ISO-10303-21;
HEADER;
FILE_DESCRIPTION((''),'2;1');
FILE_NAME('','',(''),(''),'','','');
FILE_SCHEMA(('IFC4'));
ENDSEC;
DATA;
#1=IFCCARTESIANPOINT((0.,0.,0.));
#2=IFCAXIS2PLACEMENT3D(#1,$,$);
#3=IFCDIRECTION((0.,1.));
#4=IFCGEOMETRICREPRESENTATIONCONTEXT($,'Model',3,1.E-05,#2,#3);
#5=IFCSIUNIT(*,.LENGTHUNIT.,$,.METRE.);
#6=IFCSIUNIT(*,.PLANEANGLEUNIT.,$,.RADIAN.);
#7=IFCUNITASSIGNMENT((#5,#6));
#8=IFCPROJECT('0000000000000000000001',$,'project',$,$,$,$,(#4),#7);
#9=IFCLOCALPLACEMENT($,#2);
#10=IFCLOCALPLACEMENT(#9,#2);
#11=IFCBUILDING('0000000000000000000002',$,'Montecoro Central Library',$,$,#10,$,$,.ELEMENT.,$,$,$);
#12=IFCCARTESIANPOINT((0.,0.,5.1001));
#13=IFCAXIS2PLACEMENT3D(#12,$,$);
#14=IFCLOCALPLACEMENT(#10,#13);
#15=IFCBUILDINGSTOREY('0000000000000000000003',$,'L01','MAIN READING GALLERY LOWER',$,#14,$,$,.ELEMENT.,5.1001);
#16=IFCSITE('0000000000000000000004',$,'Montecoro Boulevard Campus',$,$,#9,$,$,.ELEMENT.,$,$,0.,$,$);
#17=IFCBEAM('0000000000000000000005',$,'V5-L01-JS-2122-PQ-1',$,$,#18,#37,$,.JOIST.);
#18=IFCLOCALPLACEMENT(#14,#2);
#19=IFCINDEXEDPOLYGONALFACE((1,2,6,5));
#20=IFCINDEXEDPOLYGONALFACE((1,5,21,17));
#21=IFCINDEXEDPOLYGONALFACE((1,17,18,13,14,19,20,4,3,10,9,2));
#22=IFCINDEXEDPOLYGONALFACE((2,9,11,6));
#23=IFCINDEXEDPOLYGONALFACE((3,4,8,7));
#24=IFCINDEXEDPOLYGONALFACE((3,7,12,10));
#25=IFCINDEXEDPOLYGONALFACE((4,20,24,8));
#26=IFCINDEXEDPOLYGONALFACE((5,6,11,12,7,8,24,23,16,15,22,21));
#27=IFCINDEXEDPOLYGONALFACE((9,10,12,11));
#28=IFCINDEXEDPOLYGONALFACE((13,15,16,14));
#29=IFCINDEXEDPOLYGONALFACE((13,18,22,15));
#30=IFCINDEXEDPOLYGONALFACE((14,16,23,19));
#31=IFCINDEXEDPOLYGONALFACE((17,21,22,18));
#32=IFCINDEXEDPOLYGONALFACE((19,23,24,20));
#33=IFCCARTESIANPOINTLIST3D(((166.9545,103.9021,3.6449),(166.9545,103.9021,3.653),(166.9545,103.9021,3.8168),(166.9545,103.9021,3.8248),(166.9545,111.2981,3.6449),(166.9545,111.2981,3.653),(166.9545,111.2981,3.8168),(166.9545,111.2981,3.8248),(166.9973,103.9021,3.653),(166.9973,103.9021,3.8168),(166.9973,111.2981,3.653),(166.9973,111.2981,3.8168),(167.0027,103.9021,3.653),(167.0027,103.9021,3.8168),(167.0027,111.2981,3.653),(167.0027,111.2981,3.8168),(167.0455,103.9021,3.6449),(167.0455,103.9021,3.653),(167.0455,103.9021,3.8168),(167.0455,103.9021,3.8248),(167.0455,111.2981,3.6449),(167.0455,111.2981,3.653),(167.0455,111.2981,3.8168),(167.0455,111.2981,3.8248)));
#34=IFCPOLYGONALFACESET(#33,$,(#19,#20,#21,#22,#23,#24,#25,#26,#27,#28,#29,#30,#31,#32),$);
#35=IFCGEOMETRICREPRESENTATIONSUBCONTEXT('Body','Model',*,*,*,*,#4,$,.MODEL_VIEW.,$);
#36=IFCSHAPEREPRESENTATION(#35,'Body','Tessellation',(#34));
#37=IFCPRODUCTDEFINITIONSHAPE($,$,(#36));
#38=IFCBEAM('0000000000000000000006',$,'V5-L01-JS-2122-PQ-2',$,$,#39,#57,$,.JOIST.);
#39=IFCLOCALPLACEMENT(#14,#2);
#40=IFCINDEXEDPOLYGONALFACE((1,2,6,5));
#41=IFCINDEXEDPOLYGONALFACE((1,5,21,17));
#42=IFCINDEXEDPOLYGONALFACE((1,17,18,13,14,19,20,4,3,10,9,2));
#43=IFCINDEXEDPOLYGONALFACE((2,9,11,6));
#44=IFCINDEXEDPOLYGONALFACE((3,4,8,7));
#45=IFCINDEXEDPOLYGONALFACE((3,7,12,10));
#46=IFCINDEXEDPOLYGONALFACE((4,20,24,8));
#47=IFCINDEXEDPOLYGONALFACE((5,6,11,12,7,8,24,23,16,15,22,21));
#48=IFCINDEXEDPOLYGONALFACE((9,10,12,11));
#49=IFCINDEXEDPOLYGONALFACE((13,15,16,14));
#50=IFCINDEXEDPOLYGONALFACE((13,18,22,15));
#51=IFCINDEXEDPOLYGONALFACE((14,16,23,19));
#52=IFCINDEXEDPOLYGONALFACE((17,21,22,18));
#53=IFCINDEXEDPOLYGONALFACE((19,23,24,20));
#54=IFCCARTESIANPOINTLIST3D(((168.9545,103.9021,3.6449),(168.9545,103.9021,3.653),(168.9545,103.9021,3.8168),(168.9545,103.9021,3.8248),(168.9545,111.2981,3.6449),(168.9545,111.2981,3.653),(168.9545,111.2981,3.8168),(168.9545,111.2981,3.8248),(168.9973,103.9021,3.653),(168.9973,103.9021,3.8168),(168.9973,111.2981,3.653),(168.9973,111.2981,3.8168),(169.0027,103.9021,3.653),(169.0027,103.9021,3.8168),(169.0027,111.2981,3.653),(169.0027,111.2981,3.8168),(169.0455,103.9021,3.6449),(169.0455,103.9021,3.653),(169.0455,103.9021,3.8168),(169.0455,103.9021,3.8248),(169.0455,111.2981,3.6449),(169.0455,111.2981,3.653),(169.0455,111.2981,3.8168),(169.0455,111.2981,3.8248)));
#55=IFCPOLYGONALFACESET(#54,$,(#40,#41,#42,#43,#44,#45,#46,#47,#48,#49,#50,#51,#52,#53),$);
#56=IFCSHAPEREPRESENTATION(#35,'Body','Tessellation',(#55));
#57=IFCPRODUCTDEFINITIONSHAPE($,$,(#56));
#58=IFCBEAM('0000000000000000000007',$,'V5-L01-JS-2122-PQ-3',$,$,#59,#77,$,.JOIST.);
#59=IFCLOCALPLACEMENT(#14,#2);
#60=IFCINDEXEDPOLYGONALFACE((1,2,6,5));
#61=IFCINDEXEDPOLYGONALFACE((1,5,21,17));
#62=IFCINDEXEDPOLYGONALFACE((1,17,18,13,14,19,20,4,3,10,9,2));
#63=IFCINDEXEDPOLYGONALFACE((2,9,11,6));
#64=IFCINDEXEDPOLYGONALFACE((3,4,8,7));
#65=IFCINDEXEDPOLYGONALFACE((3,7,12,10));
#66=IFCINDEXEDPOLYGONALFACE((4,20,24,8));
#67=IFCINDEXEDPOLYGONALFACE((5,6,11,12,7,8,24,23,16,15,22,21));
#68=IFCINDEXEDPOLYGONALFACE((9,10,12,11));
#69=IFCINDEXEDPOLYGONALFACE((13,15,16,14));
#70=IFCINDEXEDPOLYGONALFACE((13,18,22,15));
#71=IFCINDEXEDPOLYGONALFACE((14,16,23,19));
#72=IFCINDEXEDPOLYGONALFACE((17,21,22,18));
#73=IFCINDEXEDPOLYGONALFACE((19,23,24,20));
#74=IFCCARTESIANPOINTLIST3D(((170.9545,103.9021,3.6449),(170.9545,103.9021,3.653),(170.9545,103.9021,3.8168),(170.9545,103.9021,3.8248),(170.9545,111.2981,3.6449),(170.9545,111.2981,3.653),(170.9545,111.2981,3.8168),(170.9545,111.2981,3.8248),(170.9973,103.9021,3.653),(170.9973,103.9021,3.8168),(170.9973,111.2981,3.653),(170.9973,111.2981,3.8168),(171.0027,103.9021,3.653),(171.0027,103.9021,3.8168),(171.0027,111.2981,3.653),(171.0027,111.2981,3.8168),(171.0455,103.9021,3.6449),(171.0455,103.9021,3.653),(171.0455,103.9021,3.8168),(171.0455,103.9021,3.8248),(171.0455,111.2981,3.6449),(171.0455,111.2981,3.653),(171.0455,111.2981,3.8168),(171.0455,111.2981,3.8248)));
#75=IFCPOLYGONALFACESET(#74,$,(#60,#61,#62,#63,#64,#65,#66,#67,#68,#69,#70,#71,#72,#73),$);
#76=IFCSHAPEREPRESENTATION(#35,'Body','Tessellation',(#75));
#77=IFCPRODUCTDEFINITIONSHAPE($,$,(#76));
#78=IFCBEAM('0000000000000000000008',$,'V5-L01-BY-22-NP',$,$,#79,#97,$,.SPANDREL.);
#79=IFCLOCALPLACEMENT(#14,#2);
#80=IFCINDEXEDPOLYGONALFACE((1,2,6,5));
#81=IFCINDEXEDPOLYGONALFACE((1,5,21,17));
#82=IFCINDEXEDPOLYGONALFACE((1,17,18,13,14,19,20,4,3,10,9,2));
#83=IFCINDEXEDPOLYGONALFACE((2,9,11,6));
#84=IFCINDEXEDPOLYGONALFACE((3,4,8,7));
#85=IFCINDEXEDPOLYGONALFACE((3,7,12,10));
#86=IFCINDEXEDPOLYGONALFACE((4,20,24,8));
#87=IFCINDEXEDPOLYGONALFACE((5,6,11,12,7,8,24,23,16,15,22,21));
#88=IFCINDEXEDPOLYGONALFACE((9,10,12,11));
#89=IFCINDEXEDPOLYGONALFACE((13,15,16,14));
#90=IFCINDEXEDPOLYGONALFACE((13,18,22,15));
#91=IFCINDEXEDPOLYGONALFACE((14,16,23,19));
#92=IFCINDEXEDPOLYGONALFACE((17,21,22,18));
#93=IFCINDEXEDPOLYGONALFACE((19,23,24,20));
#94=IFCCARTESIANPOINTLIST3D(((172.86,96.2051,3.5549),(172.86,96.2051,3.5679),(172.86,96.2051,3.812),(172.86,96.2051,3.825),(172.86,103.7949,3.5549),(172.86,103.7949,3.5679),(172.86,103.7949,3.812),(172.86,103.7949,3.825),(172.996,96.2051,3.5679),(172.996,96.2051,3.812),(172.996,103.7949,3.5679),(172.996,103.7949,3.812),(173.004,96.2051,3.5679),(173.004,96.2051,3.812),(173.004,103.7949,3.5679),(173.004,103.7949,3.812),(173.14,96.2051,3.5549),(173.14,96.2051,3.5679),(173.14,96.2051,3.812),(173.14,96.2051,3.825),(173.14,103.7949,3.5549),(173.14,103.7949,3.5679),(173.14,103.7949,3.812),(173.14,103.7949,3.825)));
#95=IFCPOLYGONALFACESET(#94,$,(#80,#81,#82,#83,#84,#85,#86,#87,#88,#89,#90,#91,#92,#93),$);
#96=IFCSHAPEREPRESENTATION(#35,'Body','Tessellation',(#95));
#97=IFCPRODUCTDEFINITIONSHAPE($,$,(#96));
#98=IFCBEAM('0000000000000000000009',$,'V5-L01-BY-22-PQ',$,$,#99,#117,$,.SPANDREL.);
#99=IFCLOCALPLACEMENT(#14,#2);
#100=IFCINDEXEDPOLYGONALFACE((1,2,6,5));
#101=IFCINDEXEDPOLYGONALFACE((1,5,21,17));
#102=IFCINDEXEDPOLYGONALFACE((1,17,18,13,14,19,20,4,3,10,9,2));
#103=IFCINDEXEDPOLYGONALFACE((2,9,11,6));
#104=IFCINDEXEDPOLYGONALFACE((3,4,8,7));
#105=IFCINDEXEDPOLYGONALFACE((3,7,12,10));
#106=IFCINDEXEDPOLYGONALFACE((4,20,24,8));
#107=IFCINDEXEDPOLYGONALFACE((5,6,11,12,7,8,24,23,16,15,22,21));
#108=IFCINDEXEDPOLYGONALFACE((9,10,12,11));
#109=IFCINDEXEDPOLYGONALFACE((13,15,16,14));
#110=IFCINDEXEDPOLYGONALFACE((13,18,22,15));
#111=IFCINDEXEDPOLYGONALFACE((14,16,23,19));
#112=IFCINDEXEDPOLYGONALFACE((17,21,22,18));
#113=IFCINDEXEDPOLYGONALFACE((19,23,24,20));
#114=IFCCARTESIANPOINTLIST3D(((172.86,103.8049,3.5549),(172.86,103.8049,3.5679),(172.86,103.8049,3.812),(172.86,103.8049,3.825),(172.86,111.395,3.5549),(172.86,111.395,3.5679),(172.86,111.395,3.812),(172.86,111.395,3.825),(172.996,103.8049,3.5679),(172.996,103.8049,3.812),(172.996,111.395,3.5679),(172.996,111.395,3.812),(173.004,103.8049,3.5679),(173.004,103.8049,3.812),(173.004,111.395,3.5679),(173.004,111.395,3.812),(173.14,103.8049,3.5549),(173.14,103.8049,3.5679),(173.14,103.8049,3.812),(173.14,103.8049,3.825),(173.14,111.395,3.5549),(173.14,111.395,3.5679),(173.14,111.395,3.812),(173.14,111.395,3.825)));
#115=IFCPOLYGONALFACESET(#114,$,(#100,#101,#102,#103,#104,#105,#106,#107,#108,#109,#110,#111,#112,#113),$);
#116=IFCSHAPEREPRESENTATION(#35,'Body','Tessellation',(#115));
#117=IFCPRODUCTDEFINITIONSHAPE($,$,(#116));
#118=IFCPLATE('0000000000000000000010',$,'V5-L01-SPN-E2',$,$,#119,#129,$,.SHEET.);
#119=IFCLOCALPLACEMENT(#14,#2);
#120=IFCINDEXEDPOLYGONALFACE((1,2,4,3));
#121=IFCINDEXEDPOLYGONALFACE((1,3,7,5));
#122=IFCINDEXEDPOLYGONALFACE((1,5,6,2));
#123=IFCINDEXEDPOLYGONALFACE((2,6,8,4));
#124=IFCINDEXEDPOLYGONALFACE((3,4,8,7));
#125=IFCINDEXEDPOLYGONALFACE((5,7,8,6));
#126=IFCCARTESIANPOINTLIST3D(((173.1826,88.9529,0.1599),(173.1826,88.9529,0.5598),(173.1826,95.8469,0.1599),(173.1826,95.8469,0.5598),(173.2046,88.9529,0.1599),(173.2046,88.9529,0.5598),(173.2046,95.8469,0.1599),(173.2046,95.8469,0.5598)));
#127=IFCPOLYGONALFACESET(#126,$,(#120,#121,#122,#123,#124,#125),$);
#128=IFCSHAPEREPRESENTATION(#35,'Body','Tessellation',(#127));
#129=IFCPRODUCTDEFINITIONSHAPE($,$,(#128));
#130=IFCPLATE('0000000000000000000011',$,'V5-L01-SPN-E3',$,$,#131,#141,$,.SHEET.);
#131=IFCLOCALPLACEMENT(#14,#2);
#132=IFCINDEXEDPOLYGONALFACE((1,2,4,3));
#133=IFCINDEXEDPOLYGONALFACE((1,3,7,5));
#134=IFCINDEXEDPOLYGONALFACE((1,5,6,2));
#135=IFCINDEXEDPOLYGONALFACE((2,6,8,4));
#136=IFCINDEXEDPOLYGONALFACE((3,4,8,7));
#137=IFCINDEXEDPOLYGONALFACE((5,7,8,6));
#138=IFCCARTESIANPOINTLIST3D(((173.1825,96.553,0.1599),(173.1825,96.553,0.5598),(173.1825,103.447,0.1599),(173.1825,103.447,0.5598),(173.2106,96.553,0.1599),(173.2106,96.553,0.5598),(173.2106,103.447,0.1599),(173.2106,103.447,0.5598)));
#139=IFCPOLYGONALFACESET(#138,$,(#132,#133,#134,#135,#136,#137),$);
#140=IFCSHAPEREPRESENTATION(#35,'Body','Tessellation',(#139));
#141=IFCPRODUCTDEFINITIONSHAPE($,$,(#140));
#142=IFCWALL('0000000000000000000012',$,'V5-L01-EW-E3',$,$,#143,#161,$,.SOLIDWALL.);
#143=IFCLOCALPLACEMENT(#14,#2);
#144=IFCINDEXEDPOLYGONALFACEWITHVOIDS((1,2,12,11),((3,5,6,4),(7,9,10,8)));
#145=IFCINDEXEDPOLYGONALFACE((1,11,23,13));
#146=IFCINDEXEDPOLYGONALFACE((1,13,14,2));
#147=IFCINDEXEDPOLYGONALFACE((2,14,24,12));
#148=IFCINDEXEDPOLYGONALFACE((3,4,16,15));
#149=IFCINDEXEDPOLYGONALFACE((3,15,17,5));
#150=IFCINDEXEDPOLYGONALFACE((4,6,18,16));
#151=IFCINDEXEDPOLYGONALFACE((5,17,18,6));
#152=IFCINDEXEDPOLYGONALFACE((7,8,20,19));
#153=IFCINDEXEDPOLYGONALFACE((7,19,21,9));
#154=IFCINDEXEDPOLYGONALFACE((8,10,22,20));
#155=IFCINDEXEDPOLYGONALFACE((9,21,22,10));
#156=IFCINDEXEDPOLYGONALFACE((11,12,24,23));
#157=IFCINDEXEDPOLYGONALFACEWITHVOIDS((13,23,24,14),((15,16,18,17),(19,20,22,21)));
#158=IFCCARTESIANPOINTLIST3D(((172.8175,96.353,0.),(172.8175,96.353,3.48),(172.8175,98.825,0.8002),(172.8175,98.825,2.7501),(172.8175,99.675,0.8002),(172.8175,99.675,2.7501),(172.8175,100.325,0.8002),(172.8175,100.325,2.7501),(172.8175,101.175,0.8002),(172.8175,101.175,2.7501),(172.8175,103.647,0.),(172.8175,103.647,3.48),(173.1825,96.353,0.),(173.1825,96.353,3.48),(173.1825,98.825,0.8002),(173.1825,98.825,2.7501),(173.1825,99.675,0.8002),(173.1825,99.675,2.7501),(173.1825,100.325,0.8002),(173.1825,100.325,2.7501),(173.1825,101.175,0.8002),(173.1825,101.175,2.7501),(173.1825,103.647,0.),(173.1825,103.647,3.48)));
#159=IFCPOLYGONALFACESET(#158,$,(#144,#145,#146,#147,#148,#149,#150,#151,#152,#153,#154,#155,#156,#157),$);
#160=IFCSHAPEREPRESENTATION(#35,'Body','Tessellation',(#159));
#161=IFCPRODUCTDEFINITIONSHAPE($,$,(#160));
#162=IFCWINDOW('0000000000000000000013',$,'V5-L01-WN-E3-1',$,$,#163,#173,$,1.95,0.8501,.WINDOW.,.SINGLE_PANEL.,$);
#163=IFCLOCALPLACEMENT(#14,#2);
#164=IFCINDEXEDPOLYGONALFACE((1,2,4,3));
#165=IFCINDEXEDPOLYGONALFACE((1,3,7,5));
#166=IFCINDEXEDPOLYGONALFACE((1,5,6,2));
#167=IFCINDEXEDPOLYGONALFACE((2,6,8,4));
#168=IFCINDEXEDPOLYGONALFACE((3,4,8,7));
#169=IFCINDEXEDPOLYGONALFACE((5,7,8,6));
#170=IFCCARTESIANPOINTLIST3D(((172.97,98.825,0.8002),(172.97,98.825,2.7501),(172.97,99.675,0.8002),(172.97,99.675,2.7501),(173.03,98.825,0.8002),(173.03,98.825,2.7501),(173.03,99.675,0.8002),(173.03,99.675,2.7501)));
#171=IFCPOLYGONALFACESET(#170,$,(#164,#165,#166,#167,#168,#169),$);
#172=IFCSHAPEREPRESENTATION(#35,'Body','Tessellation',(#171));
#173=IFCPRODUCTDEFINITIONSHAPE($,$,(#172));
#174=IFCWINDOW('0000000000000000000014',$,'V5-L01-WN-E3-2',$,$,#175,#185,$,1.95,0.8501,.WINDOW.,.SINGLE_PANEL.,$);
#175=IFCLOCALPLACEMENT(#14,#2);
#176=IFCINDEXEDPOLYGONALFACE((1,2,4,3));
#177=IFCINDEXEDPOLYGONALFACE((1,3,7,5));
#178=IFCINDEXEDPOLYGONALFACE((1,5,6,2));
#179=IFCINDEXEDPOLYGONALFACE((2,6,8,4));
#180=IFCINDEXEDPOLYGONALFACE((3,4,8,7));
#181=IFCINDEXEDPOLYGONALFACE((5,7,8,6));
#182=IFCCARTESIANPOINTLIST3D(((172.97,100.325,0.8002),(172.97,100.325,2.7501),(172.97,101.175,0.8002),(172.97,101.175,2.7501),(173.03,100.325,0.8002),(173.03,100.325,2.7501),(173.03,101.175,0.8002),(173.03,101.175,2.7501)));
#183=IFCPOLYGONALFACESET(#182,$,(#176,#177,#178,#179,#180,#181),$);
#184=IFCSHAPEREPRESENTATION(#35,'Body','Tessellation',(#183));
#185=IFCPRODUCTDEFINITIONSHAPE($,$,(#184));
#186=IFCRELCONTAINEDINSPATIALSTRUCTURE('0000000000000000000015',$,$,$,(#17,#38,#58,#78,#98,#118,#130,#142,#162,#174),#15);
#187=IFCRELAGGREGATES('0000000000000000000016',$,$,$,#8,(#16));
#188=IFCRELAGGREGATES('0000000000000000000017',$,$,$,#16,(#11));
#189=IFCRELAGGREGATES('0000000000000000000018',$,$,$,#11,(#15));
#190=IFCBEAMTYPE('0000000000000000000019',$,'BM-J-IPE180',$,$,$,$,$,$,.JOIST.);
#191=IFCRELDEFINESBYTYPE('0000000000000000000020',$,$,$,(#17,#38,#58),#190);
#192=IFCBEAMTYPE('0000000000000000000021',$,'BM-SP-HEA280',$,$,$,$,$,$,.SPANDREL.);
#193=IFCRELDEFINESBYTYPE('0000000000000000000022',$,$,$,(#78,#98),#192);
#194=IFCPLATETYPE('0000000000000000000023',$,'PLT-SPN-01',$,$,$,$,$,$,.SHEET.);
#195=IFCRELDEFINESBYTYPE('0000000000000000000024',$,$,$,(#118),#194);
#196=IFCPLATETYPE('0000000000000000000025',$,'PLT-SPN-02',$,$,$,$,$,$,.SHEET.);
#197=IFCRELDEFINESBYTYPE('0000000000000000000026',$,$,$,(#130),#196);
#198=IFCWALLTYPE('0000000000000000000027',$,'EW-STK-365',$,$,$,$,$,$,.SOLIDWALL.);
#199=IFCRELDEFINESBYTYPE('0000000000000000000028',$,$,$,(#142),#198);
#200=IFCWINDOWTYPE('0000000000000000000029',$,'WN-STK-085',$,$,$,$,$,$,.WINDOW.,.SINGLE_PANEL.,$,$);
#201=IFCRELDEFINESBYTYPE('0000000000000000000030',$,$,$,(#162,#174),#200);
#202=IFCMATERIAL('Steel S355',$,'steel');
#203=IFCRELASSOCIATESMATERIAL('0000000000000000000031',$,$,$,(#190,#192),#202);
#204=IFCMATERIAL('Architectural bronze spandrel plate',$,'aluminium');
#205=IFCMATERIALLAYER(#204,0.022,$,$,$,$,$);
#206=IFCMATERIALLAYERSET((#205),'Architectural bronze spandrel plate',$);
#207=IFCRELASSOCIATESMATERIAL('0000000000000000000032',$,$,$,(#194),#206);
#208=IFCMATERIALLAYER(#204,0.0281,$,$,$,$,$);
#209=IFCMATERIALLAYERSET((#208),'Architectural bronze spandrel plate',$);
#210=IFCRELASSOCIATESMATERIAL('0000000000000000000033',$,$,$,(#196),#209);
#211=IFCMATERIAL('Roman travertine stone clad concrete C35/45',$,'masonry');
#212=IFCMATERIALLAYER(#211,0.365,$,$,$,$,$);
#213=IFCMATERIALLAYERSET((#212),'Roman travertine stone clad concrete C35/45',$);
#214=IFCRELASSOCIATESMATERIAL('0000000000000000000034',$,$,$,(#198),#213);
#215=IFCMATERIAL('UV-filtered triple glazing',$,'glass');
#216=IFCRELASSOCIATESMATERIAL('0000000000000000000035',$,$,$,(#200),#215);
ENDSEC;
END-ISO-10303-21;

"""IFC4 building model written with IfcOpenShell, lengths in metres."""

from ifc_helpers import new_model, si_unit, direction, frame, frame_2d, origin, origin_2d, place, context, subcontext, project, spatial, rectangle, i_section, extrude, material, layer, layer_set, material_profile, profile_set, type_object, element, fill, save


model = new_model("IFC4")

# Units and contexts
model_context = context("Model", 3, precision=1e-05, world=origin(), true_north=direction((0.0, 1.0)))
body_context = subcontext(model_context, "Body", "Model", "MODEL_VIEW")
ifc_project = project(units=[si_unit("LENGTHUNIT", "METRE"), si_unit("PLANEANGLEUNIT", "RADIAN")], contexts=[model_context])

# Site, building, storey
site_placement = place(None, origin())
site = spatial("IfcSite", under=ifc_project, at=site_placement, Name="Montecoro Boulevard Campus", CompositionType="ELEMENT", RefElevation=0.0)
building_placement = place(site_placement, origin())
building = spatial("IfcBuilding", under=site, at=building_placement, Name="Montecoro Central Library", CompositionType="ELEMENT")
storey_placement = place(building_placement, frame((0.0, 0.0, 5.1001)))
storey = spatial("IfcBuildingStorey", under=building, at=storey_placement, Name="L01", Description="MAIN READING GALLERY LOWER", CompositionType="ELEMENT", Elevation=5.1001)

# Shared definitions
ifc_material_1 = material(Name="Steel S355", Category="steel")

# Beams
ifc_material_profile_1 = material_profile(ifc_material_1, i_section(OverallWidth=0.0911, OverallDepth=0.1799, WebThickness=0.0054, FlangeThickness=0.0081, at=origin_2d()), Name="IPE 180")
ifc_profile_set_1 = profile_set([ifc_material_profile_1], Name="Steel S355")
beam_type_1 = type_object("IfcBeamType", Name="BM-J-IPE180", PredefinedType="JOIST", material=ifc_profile_set_1)
for number, where, z_axis, x_axis, name in (
    (1, (167.0, 103.9021, 3.7349), (0.0, 1.0, 0.0), (-1.0, 0.0, 0.0), "V5-L01-JS-2122-PQ-1"),
    (2, (169.0, 103.9021, 3.7349), (0.0, 1.0, 0.0), (-1.0, 0.0, 0.0), "V5-L01-JS-2122-PQ-2"),
    (3, (171.0, 103.9021, 3.7349), (0.0, 1.0, 0.0), (-1.0, 0.0, 0.0), "V5-L01-JS-2122-PQ-3"),
):
    element("IfcBeam", number, at=place(storey_placement, frame(where, z_axis=z_axis, x_axis=x_axis)), inside=storey, type_object=beam_type_1, Name=name, PredefinedType="JOIST", context=body_context, shape_type="SweptSolid", body=[
        extrude(i_section(OverallWidth=0.0911, OverallDepth=0.1799, WebThickness=0.0054, FlangeThickness=0.0081, at=origin_2d()), origin(), (0.0, 0.0, 1.0), 7.396),
    ])
ifc_material_profile_2 = material_profile(ifc_material_1, i_section(OverallWidth=0.28, OverallDepth=0.27, WebThickness=0.0081, FlangeThickness=0.0129, at=origin_2d()), Name="HEA 280")
ifc_profile_set_2 = profile_set([ifc_material_profile_2], Name="Steel S355")
beam_type_2 = type_object("IfcBeamType", Name="BM-SP-HEA280", PredefinedType="SPANDREL", material=ifc_profile_set_2)
beam_1_placement = place(storey_placement, frame((173.0, 96.2051, 3.6899), z_axis=(0.0, 1.0, 0.0), x_axis=(-1.0, 0.0, 0.0)))
element("IfcBeam", 4, at=beam_1_placement, inside=storey, type_object=beam_type_2, Name="V5-L01-BY-22-NP", PredefinedType="SPANDREL", context=body_context, shape_type="SweptSolid", body=[
    extrude(i_section(OverallWidth=0.28, OverallDepth=0.27, WebThickness=0.0081, FlangeThickness=0.0129, at=origin_2d()), origin(), (0.0, 0.0, 1.0), 7.5898),
])
beam_2_placement = place(storey_placement, frame((173.0, 103.8049, 3.6899), z_axis=(0.0, 1.0, 0.0), x_axis=(-1.0, 0.0, 0.0)))
element("IfcBeam", 5, at=beam_2_placement, inside=storey, type_object=beam_type_2, Name="V5-L01-BY-22-PQ", PredefinedType="SPANDREL", context=body_context, shape_type="SweptSolid", body=[
    extrude(i_section(OverallWidth=0.28, OverallDepth=0.27, WebThickness=0.0081, FlangeThickness=0.0129, at=origin_2d()), origin(), (0.0, 0.0, 1.0), 7.5901),
])

# Plates
ifc_material_2 = material(Name="Architectural bronze spandrel plate", Category="aluminium")
ifc_layer_1 = layer(ifc_material_2, 0.022)
ifc_layer_set_1 = layer_set([ifc_layer_1], Name="Architectural bronze spandrel plate")
plate_type_1 = type_object("IfcPlateType", Name="PLT-SPN-01", PredefinedType="SHEET", material=ifc_layer_set_1)
plate_1_placement = place(storey_placement, frame((173.1936, 92.3999, 0.1599), z_axis=(0.0, 0.0, 1.0), x_axis=(0.0, 1.0, 0.0)))
element("IfcPlate", 6, at=plate_1_placement, inside=storey, type_object=plate_type_1, Name="V5-L01-SPN-E2", PredefinedType="SHEET", context=body_context, shape_type="SweptSolid", body=[
    extrude(rectangle(XDim=6.894, YDim=0.022, at=origin_2d()), origin(), (0.0, 0.0, 1.0), 0.3999),
])
ifc_layer_2 = layer(ifc_material_2, 0.0281)
ifc_layer_set_2 = layer_set([ifc_layer_2], Name="Architectural bronze spandrel plate")
plate_type_2 = type_object("IfcPlateType", Name="PLT-SPN-02", PredefinedType="SHEET", material=ifc_layer_set_2)
plate_2_placement = place(storey_placement, frame((173.1965, 100.0, 0.1599), z_axis=(0.0, 0.0, 1.0), x_axis=(0.0, 1.0, 0.0)))
element("IfcPlate", 7, at=plate_2_placement, inside=storey, type_object=plate_type_2, Name="V5-L01-SPN-E3", PredefinedType="SHEET", context=body_context, shape_type="SweptSolid", body=[
    extrude(rectangle(XDim=6.894, YDim=0.0281, at=origin_2d()), origin(), (0.0, 0.0, 1.0), 0.3999),
])

# Wall, openings, windows
ifc_material_3 = material(Name="Roman travertine stone clad concrete C35/45", Category="masonry")
ifc_layer_3 = layer(ifc_material_3, 0.365)
ifc_layer_set_3 = layer_set([ifc_layer_3], Name="Roman travertine stone clad concrete C35/45")
wall_type_1 = type_object("IfcWallType", Name="EW-STK-365", PredefinedType="SOLIDWALL", material=ifc_layer_set_3)
wall_1_placement = place(storey_placement, frame((173.0, 96.353, 0.0), z_axis=(0.0, 0.0, 1.0), x_axis=(0.0, 1.0, 0.0)))
wall_1 = element("IfcWall", 8, at=wall_1_placement, inside=storey, type_object=wall_type_1, Name="V5-L01-EW-E3", PredefinedType="SOLIDWALL", context=body_context, shape_type="SweptSolid", body=[
    extrude(rectangle(XDim=7.2939, YDim=0.365, at=frame_2d((3.647, 0.0))), origin(), (0.0, 0.0, 1.0), 3.48),
])
opening_1_placement = place(wall_1_placement, frame((2.4719, 0.0, 0.8)))
opening_1 = element("IfcOpeningElement", 9, at=opening_1_placement, cuts=wall_1, PredefinedType="OPENING", context=body_context, shape_type="SweptSolid", body=[
    extrude(rectangle(XDim=0.8501, YDim=1.95, at=frame_2d((0.425, 0.9751))), frame((0.0, 0.1924, 0.0), z_axis=(0.0, -1.0, 0.0), x_axis=(1.0, 0.0, 0.0)), (0.0, 0.0, 1.0), 0.385),
])
opening_2_placement = place(wall_1_placement, frame((3.9719, 0.0, 0.8)))
opening_2 = element("IfcOpeningElement", 10, at=opening_2_placement, cuts=wall_1, PredefinedType="OPENING", context=body_context, shape_type="SweptSolid", body=[
    extrude(rectangle(XDim=0.8501, YDim=1.95, at=frame_2d((0.425, 0.9751))), frame((0.0, 0.1924, 0.0), z_axis=(0.0, -1.0, 0.0), x_axis=(1.0, 0.0, 0.0)), (0.0, 0.0, 1.0), 0.385),
])
ifc_material_4 = material(Name="UV-filtered triple glazing", Category="glass")
window_type = type_object("IfcWindowType", Name="WN-STK-085", PartitioningType="SINGLE_PANEL", PredefinedType="WINDOW", material=ifc_material_4)
window_1_placement = place(opening_1_placement, origin())
window_1 = element("IfcWindow", 11, at=window_1_placement, inside=storey, type_object=window_type, Name="V5-L01-WN-E3-1", OverallHeight=1.95, OverallWidth=0.8501, PartitioningType="SINGLE_PANEL", PredefinedType="WINDOW", context=body_context, shape_type="SweptSolid", body=[
    extrude(rectangle(XDim=0.8501, YDim=1.95, at=frame_2d((0.425, 0.9751))), frame((0.0, 0.03, 0.0), z_axis=(0.0, -1.0, 0.0), x_axis=(1.0, 0.0, 0.0)), (0.0, 0.0, 1.0), 0.0601),
])
fill(opening_1, window_1)
window_2_placement = place(opening_2_placement, origin())
window_2 = element("IfcWindow", 12, at=window_2_placement, inside=storey, type_object=window_type, Name="V5-L01-WN-E3-2", OverallHeight=1.95, OverallWidth=0.8501, PartitioningType="SINGLE_PANEL", PredefinedType="WINDOW", context=body_context, shape_type="SweptSolid", body=[
    extrude(rectangle(XDim=0.8501, YDim=1.95, at=frame_2d((0.425, 0.9751))), frame((0.0, 0.03, 0.0), z_axis=(0.0, -1.0, 0.0), x_axis=(1.0, 0.0, 0.0)), (0.0, 0.0, 1.0), 0.0601),
])
fill(opening_2, window_2)

save(model, "model.ifc")
